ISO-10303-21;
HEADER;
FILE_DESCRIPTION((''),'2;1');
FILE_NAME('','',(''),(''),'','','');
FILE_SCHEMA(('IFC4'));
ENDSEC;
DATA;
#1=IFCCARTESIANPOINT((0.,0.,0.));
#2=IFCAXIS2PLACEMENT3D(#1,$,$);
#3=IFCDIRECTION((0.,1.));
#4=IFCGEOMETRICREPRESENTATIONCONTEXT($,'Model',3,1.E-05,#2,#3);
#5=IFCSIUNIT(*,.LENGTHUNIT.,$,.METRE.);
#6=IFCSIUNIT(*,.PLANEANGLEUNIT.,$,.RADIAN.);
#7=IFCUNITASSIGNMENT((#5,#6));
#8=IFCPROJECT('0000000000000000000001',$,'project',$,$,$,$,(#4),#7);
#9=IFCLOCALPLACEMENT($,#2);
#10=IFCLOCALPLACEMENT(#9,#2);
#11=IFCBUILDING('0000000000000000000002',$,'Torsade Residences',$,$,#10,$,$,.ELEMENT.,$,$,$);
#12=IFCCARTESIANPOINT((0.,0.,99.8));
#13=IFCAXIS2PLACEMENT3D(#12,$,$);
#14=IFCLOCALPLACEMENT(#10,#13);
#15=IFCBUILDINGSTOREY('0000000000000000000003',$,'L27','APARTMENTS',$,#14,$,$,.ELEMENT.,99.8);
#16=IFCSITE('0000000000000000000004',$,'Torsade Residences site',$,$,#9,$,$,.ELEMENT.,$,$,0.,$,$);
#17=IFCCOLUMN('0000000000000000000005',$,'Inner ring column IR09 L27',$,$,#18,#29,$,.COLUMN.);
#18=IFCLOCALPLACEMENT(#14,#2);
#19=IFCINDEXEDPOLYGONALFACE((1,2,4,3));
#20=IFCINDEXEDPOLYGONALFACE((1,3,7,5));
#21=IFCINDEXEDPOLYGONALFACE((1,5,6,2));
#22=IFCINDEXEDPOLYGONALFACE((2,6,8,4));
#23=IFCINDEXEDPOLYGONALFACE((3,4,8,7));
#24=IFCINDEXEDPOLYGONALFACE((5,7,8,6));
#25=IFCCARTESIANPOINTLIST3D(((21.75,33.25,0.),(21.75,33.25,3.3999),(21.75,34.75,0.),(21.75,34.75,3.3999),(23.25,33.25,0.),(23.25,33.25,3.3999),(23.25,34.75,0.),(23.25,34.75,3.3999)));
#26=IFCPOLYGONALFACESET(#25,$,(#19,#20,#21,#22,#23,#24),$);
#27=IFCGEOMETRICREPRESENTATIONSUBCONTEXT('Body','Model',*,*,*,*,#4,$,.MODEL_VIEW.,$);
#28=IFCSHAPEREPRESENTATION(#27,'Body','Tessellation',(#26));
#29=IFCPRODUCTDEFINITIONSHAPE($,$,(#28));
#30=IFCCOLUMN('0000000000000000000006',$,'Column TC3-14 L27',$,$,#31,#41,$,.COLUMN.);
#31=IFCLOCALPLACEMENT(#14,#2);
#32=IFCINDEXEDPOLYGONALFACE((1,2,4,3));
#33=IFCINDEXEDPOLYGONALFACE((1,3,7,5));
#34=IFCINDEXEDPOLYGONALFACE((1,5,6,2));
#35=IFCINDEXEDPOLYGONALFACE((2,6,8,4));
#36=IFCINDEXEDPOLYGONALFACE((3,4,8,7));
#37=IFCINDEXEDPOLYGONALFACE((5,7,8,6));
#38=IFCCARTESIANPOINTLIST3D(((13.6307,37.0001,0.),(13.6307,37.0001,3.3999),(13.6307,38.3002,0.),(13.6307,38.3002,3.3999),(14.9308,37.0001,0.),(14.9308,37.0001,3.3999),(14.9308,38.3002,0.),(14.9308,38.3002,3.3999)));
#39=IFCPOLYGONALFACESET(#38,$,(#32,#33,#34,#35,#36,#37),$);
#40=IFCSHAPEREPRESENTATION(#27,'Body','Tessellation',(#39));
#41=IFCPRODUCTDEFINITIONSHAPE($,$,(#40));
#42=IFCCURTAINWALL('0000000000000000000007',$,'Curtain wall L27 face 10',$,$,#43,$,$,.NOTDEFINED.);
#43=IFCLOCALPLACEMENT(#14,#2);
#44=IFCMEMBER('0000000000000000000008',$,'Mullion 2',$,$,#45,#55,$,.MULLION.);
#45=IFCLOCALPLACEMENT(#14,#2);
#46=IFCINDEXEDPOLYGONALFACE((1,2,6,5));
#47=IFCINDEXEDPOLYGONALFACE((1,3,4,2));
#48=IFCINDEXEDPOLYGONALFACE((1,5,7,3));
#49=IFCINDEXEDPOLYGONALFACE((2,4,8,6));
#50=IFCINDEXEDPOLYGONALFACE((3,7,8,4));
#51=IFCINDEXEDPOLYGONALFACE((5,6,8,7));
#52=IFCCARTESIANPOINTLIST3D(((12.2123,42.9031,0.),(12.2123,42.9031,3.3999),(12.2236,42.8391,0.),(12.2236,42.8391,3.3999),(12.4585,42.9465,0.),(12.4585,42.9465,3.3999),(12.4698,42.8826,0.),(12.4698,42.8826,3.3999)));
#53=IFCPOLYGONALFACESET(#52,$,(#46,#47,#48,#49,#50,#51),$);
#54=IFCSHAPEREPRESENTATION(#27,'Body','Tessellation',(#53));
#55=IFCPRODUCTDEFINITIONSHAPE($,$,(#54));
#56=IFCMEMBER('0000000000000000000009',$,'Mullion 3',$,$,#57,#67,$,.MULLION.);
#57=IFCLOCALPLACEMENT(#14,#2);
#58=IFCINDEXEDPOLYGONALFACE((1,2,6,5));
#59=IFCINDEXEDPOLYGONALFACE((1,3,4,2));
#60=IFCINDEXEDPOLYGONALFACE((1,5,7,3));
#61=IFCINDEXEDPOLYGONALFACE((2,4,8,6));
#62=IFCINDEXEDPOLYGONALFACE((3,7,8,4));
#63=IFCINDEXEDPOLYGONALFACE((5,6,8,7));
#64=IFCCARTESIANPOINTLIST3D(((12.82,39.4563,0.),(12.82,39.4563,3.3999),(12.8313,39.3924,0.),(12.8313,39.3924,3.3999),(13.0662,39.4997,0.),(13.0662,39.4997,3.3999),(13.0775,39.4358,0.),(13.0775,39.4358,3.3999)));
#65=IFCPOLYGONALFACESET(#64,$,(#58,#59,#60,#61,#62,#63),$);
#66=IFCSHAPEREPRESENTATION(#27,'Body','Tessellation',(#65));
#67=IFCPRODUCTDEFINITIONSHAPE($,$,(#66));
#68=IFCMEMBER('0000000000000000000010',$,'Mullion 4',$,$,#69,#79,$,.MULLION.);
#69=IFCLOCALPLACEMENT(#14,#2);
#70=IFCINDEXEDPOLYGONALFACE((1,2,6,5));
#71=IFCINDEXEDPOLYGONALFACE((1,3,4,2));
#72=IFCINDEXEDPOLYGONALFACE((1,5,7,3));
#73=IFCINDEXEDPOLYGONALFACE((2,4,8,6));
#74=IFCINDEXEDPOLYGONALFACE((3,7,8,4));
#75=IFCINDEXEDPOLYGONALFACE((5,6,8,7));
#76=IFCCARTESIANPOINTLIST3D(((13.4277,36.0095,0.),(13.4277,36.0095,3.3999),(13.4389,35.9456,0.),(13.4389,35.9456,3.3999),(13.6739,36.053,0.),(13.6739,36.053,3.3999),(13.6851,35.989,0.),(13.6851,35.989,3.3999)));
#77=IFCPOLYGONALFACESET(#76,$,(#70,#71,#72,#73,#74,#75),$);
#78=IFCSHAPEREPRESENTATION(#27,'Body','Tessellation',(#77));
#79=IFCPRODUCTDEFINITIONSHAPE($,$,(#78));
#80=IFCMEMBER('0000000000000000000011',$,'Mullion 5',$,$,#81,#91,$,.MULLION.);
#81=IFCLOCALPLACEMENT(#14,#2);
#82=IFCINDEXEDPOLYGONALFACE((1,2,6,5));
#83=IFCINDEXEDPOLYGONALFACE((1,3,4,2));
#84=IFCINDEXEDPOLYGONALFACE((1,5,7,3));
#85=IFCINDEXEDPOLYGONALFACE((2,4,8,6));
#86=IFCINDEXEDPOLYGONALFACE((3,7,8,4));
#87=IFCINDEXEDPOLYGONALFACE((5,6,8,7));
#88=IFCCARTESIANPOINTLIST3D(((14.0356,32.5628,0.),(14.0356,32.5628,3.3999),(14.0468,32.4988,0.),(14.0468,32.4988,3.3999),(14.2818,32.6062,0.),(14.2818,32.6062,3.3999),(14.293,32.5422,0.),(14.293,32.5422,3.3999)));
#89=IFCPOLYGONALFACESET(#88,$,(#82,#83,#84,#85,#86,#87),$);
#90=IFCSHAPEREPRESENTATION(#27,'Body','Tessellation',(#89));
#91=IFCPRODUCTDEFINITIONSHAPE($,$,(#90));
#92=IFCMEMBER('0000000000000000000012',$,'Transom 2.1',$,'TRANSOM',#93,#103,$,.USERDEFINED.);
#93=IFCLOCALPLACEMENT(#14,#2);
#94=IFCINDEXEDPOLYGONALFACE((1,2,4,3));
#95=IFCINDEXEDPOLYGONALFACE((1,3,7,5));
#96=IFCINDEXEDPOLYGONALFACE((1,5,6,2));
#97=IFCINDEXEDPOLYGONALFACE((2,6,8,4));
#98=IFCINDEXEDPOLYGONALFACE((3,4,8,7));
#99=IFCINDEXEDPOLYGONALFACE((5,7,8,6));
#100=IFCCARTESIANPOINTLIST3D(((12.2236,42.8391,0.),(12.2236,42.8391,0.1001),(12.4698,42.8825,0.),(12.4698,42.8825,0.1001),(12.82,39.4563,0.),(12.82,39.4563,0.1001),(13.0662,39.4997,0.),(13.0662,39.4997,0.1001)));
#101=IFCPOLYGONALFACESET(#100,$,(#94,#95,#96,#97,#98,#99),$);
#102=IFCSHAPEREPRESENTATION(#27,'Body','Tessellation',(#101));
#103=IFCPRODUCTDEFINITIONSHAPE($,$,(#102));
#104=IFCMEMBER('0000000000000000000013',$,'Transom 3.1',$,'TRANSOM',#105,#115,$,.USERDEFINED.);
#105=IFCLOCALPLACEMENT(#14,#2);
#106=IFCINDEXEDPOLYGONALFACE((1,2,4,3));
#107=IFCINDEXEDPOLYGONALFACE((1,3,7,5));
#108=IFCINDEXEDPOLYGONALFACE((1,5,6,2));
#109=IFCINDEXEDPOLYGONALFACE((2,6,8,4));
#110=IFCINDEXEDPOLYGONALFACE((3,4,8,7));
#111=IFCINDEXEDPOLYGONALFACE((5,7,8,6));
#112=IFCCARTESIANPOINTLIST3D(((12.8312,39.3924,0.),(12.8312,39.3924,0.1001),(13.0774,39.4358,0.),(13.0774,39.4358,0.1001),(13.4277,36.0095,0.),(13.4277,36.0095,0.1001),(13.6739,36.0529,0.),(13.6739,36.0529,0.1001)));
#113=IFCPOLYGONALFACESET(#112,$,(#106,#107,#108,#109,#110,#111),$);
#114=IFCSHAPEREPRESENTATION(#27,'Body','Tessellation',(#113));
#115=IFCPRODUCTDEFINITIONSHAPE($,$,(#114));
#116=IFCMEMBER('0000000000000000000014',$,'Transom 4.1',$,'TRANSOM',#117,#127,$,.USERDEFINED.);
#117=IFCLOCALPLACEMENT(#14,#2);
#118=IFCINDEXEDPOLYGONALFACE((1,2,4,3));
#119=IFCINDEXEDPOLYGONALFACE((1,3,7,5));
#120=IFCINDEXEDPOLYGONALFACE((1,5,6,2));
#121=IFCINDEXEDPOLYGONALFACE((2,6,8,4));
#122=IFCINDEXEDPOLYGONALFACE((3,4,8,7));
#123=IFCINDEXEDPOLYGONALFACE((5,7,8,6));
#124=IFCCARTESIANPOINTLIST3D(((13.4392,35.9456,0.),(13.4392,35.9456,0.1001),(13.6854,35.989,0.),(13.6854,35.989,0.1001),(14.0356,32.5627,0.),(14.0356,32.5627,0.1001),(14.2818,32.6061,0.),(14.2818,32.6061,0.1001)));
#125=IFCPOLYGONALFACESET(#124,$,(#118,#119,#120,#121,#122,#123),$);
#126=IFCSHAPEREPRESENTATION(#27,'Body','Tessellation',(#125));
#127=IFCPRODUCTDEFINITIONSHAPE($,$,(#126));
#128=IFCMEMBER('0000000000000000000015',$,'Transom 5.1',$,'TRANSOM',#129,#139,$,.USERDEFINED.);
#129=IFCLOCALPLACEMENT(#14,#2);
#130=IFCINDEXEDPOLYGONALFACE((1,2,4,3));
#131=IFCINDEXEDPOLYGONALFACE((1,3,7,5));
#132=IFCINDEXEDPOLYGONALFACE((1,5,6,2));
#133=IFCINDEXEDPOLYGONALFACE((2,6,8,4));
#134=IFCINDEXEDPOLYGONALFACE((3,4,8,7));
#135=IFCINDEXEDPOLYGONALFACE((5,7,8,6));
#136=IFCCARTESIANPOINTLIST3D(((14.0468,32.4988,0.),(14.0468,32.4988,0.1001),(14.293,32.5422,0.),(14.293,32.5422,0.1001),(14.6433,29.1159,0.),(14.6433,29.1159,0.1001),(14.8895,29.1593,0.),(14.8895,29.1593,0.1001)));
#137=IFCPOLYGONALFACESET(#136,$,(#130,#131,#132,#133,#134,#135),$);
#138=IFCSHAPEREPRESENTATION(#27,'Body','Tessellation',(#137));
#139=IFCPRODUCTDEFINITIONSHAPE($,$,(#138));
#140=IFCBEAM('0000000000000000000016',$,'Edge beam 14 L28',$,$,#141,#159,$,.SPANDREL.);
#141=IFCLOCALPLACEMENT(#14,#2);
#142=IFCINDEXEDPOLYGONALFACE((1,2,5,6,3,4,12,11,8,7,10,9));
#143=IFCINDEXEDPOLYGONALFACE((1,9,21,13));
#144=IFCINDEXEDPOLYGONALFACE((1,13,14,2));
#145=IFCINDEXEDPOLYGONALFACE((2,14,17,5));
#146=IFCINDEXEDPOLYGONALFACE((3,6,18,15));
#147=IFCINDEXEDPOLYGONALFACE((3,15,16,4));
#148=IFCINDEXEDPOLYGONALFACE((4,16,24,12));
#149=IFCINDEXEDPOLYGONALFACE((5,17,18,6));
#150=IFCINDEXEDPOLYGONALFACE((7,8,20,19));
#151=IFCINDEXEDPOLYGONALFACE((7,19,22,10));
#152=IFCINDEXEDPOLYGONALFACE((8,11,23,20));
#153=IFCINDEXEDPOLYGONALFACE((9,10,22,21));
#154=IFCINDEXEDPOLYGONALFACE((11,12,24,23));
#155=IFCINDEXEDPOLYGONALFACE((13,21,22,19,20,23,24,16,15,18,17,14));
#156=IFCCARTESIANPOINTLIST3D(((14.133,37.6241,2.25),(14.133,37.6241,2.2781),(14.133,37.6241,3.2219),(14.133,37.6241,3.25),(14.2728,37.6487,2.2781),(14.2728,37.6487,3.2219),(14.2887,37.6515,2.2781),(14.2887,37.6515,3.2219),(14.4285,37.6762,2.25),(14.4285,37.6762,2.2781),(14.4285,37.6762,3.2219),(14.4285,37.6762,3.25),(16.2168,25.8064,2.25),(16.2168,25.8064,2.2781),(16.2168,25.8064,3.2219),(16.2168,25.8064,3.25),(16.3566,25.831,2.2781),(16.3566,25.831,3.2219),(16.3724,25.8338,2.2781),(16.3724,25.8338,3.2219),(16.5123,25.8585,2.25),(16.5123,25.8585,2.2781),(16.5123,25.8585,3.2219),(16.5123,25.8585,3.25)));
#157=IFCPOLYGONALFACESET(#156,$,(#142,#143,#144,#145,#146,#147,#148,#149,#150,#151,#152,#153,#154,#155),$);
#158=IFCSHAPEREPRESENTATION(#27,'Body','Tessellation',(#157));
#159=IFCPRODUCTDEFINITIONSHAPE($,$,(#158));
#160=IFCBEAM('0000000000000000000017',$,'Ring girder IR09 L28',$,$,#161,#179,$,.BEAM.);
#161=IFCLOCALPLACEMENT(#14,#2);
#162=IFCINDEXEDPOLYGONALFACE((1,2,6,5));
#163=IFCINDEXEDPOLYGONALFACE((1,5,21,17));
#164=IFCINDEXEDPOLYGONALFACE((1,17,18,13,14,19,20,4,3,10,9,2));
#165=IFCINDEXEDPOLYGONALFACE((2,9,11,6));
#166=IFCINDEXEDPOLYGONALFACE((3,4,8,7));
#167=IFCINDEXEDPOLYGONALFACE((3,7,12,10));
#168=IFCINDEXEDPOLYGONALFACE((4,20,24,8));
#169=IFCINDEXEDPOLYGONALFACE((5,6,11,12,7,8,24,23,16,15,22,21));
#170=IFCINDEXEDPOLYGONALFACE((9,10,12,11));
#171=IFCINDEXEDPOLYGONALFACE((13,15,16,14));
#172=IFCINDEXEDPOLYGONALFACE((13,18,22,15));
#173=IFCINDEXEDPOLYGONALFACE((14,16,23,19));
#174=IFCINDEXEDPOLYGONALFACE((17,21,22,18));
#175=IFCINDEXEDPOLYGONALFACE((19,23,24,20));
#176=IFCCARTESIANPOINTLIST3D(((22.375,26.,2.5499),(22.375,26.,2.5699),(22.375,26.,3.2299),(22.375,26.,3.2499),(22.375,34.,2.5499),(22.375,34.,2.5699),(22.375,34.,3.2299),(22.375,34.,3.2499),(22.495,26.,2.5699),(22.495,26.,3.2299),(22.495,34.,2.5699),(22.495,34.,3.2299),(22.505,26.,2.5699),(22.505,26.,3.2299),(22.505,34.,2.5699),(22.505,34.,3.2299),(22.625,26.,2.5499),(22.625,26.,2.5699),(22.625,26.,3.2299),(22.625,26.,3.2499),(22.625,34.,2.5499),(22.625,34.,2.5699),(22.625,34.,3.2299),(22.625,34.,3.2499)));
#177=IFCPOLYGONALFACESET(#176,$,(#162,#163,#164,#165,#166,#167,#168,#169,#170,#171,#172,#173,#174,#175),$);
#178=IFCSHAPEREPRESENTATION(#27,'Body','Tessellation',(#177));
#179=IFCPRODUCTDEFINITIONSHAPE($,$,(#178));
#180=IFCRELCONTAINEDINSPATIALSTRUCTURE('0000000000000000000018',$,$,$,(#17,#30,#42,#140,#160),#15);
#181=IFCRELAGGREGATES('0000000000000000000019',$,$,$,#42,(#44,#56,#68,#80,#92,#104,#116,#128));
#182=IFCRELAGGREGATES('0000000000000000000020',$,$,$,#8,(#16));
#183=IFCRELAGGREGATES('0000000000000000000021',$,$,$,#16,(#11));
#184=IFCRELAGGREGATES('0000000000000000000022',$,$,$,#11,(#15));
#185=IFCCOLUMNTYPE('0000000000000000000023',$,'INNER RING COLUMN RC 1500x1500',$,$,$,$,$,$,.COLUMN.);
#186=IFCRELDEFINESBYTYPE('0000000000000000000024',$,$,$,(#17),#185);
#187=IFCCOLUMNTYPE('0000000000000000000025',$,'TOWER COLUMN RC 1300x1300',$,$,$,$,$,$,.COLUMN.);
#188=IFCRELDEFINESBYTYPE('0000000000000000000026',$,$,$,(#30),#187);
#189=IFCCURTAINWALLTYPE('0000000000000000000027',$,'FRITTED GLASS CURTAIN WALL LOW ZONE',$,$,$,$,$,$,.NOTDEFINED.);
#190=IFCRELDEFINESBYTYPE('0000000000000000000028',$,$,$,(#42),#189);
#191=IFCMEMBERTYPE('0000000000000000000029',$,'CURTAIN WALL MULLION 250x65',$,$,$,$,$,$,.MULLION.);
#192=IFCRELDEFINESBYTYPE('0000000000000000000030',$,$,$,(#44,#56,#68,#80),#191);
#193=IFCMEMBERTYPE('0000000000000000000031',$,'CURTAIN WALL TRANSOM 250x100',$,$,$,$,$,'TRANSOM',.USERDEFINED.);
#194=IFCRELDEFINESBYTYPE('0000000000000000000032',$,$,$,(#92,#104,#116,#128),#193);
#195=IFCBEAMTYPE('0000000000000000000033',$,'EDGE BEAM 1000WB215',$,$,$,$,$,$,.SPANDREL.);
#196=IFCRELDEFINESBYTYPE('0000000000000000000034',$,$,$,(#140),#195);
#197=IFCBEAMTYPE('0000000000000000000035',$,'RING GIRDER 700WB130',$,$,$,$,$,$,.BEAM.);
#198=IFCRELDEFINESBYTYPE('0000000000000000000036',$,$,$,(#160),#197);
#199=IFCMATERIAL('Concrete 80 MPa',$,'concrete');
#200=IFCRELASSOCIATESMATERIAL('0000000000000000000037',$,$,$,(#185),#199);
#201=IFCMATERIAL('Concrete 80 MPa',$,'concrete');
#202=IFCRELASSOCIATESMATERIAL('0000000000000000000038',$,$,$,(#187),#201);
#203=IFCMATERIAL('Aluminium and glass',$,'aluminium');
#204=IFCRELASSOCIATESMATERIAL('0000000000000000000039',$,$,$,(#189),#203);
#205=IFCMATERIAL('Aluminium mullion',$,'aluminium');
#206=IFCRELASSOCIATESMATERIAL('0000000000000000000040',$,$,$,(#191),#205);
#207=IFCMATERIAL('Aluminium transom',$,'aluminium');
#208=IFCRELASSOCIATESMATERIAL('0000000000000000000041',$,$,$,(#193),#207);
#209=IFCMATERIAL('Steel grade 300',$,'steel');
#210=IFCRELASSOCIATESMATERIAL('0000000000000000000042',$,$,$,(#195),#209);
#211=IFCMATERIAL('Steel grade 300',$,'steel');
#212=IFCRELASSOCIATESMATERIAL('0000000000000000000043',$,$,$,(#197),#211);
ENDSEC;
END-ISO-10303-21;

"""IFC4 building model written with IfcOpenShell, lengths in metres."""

from ifc_helpers import new_model, si_unit, direction, frame, origin, origin_2d, place, context, subcontext, project, spatial, rectangle, i_section, extrude, material, material_profile, profile_set, type_object, element, aggregate, save


model = new_model("IFC4")

# Units and contexts
model_context = context("Model", 3, precision=1e-05, world=origin(), true_north=direction((0.0, 1.0)))
body_context = subcontext(model_context, "Body", "Model", "MODEL_VIEW")
ifc_project = project(units=[si_unit("LENGTHUNIT", "METRE"), si_unit("PLANEANGLEUNIT", "RADIAN")], contexts=[model_context])

# Site, building, storey
site_placement = place(None, origin())
site = spatial("IfcSite", under=ifc_project, at=site_placement, Name="Torsade Residences site", CompositionType="ELEMENT", RefElevation=0.0)
building_placement = place(site_placement, origin())
building = spatial("IfcBuilding", under=site, at=building_placement, Name="Torsade Residences", CompositionType="ELEMENT")
storey_placement = place(building_placement, frame((0.0, 0.0, 99.8)))
storey = spatial("IfcBuildingStorey", under=building, at=storey_placement, Name="L27", Description="APARTMENTS", CompositionType="ELEMENT", Elevation=99.8)

# Columns
ifc_material_1 = material(Name="Concrete 80 MPa", Category="concrete")
ifc_material_profile_1 = material_profile(ifc_material_1, rectangle(XDim=1.5, YDim=1.5, at=origin_2d()), Name="RC 1500x1500")
ifc_profile_set_1 = profile_set([ifc_material_profile_1], Name="Concrete 80 MPa")
column_type_1 = type_object("IfcColumnType", Name="INNER RING COLUMN RC 1500x1500", PredefinedType="COLUMN", material=ifc_profile_set_1)
column_1_placement = place(storey_placement, frame((22.5, 34.0, 0.0), z_axis=(0.0, 0.0, 1.0), x_axis=(1.0, 0.0, 0.0)))
element("IfcColumn", 1, at=column_1_placement, inside=storey, type_object=column_type_1, Name="Inner ring column IR09 L27", PredefinedType="COLUMN", context=body_context, shape_type="SweptSolid", body=[
    extrude(rectangle(XDim=1.5, YDim=1.5, at=origin_2d()), origin(), (0.0, 0.0, 1.0), 3.3999),
])
ifc_material_2 = material(Name="Concrete 80 MPa", Category="concrete")
ifc_material_profile_2 = material_profile(ifc_material_2, rectangle(XDim=1.3, YDim=1.3, at=origin_2d()), Name="RC 1300x1300")
ifc_profile_set_2 = profile_set([ifc_material_profile_2], Name="Concrete 80 MPa")
column_type_2 = type_object("IfcColumnType", Name="TOWER COLUMN RC 1300x1300", PredefinedType="COLUMN", material=ifc_profile_set_2)
column_2_placement = place(storey_placement, frame((14.2808, 37.6501, 0.0), z_axis=(0.0, 0.0, 1.0), x_axis=(1.0, 0.0, 0.0)))
element("IfcColumn", 2, at=column_2_placement, inside=storey, type_object=column_type_2, Name="Column TC3-14 L27", PredefinedType="COLUMN", context=body_context, shape_type="SweptSolid", body=[
    extrude(rectangle(XDim=1.3, YDim=1.3, at=origin_2d()), origin(), (0.0, 0.0, 1.0), 3.3999),
])

# Curtain wall, members
ifc_material_3 = material(Name="Aluminium and glass", Category="aluminium")
curtain_wall_type = type_object("IfcCurtainWallType", Name="FRITTED GLASS CURTAIN WALL LOW ZONE", PredefinedType="NOTDEFINED", material=ifc_material_3)
curtain_wall_placement = place(storey_placement, origin())
curtain_wall = element("IfcCurtainWall", 3, at=curtain_wall_placement, inside=storey, type_object=curtain_wall_type, Name="Curtain wall L27 face 10", PredefinedType="NOTDEFINED")
ifc_material_4 = material(Name="Aluminium mullion", Category="aluminium")
ifc_material_profile_3 = material_profile(ifc_material_4, rectangle(XDim=0.25, YDim=0.0649, at=origin_2d()), Name="CURTAIN WALL MULLION 250x65")
ifc_profile_set_3 = profile_set([ifc_material_profile_3], Name="Aluminium mullion")
member_type_1 = type_object("IfcMemberType", Name="CURTAIN WALL MULLION 250x65", PredefinedType="MULLION", material=ifc_profile_set_3)
member_1_placement = place(storey_placement, frame((12.3411, 42.8928, 0.0), z_axis=(0.0, 0.0, 1.0), x_axis=(0.984808, 0.173648, 0.0)))
member_1 = element("IfcMember", 4, at=member_1_placement, type_object=member_type_1, Name="Mullion 2", PredefinedType="MULLION", context=body_context, shape_type="SweptSolid", body=[
    extrude(rectangle(XDim=0.25, YDim=0.0649, at=origin_2d()), origin(), (0.0, 0.0, 1.0), 3.3999),
])
member_2_placement = place(storey_placement, frame((12.9487, 39.446, 0.0), z_axis=(0.0, 0.0, 1.0), x_axis=(0.984808, 0.173648, 0.0)))
member_2 = element("IfcMember", 5, at=member_2_placement, type_object=member_type_1, Name="Mullion 3", PredefinedType="MULLION", context=body_context, shape_type="SweptSolid", body=[
    extrude(rectangle(XDim=0.25, YDim=0.0649, at=origin_2d()), origin(), (0.0, 0.0, 1.0), 3.3999),
])
member_3_placement = place(storey_placement, frame((13.5564, 35.9993, 0.0), z_axis=(0.0, 0.0, 1.0), x_axis=(0.984808, 0.173648, 0.0)))
member_3 = element("IfcMember", 6, at=member_3_placement, type_object=member_type_1, Name="Mullion 4", PredefinedType="MULLION", context=body_context, shape_type="SweptSolid", body=[
    extrude(rectangle(XDim=0.25, YDim=0.0649, at=origin_2d()), origin(), (0.0, 0.0, 1.0), 3.3999),
])
member_4_placement = place(storey_placement, frame((14.1643, 32.5525, 0.0), z_axis=(0.0, 0.0, 1.0), x_axis=(0.984808, 0.173648, 0.0)))
member_4 = element("IfcMember", 7, at=member_4_placement, type_object=member_type_1, Name="Mullion 5", PredefinedType="MULLION", context=body_context, shape_type="SweptSolid", body=[
    extrude(rectangle(XDim=0.25, YDim=0.0649, at=origin_2d()), origin(), (0.0, 0.0, 1.0), 3.3999),
])
ifc_material_5 = material(Name="Aluminium transom", Category="aluminium")
ifc_material_profile_4 = material_profile(ifc_material_5, rectangle(XDim=0.25, YDim=0.1001, at=origin_2d()), Name="CURTAIN WALL TRANSOM 250x100")
ifc_profile_set_4 = profile_set([ifc_material_profile_4], Name="Aluminium transom")
member_type_2 = type_object("IfcMemberType", Name="CURTAIN WALL TRANSOM 250x100", ElementType="TRANSOM", PredefinedType="USERDEFINED", material=ifc_profile_set_4)
member_5_placement = place(storey_placement, frame((12.3467, 42.8608, 0.05), z_axis=(0.173635, -0.98481, 0.0), x_axis=(0.98481, 0.173635, 0.0)))
member_5 = element("IfcMember", 8, at=member_5_placement, type_object=member_type_2, Name="Transom 2.1", ObjectType="TRANSOM", PredefinedType="USERDEFINED", context=body_context, shape_type="SweptSolid", body=[
    extrude(rectangle(XDim=0.25, YDim=0.1001, at=origin_2d()), origin(), (0.0, 0.0, 1.0), 3.4351),
])
member_6_placement = place(storey_placement, frame((12.9543, 39.4141, 0.05), z_axis=(0.173635, -0.98481, 0.0), x_axis=(0.98481, 0.173635, 0.0)))
member_6 = element("IfcMember", 9, at=member_6_placement, type_object=member_type_2, Name="Transom 3.1", ObjectType="TRANSOM", PredefinedType="USERDEFINED", context=body_context, shape_type="SweptSolid", body=[
    extrude(rectangle(XDim=0.25, YDim=0.1001, at=origin_2d()), origin(), (0.0, 0.0, 1.0), 3.4351),
])
member_7_placement = place(storey_placement, frame((13.5623, 35.9673, 0.05), z_axis=(0.173635, -0.98481, 0.0), x_axis=(0.98481, 0.173635, 0.0)))
member_7 = element("IfcMember", 10, at=member_7_placement, type_object=member_type_2, Name="Transom 4.1", ObjectType="TRANSOM", PredefinedType="USERDEFINED", context=body_context, shape_type="SweptSolid", body=[
    extrude(rectangle(XDim=0.25, YDim=0.1001, at=origin_2d()), origin(), (0.0, 0.0, 1.0), 3.4351),
])
member_8_placement = place(storey_placement, frame((14.1699, 32.5205, 0.05), z_axis=(0.173635, -0.98481, 0.0), x_axis=(0.98481, 0.173635, 0.0)))
member_8 = element("IfcMember", 11, at=member_8_placement, type_object=member_type_2, Name="Transom 5.1", ObjectType="TRANSOM", PredefinedType="USERDEFINED", context=body_context, shape_type="SweptSolid", body=[
    extrude(rectangle(XDim=0.25, YDim=0.1001, at=origin_2d()), origin(), (0.0, 0.0, 1.0), 3.4351),
])

# Beams
ifc_material_6 = material(Name="Steel grade 300", Category="steel")
ifc_material_profile_5 = material_profile(ifc_material_6, i_section(OverallWidth=0.3, OverallDepth=1.0, WebThickness=0.0161, FlangeThickness=0.0281, at=origin_2d()), Name="1000WB215")
ifc_profile_set_5 = profile_set([ifc_material_profile_5], Name="Steel grade 300")
beam_type_1 = type_object("IfcBeamType", Name="EDGE BEAM 1000WB215", PredefinedType="SPANDREL", material=ifc_profile_set_5)
beam_1_placement = place(storey_placement, frame((14.2808, 37.6501, 2.75), z_axis=(0.173646, -0.984808, 0.0), x_axis=(0.984808, 0.173646, 0.0)))
element("IfcBeam", 12, at=beam_1_placement, inside=storey, type_object=beam_type_1, Name="Edge beam 14 L28", PredefinedType="SPANDREL", context=body_context, shape_type="SweptSolid", body=[
    extrude(i_section(OverallWidth=0.3, OverallDepth=1.0, WebThickness=0.0161, FlangeThickness=0.0281, at=origin_2d()), origin(), (0.0, 0.0, 1.0), 12.0),
])
ifc_material_7 = material(Name="Steel grade 300", Category="steel")
ifc_material_profile_6 = material_profile(ifc_material_7, i_section(OverallWidth=0.25, OverallDepth=0.7, WebThickness=0.01, FlangeThickness=0.02, at=origin_2d()), Name="700WB130")
ifc_profile_set_6 = profile_set([ifc_material_profile_6], Name="Steel grade 300")
beam_type_2 = type_object("IfcBeamType", Name="RING GIRDER 700WB130", PredefinedType="BEAM", material=ifc_profile_set_6)
beam_2_placement = place(storey_placement, frame((22.5, 34.0, 2.8999), z_axis=(0.0, -1.0, 0.0), x_axis=(1.0, 0.0, 0.0)))
element("IfcBeam", 13, at=beam_2_placement, inside=storey, type_object=beam_type_2, Name="Ring girder IR09 L28", PredefinedType="BEAM", context=body_context, shape_type="SweptSolid", body=[
    extrude(i_section(OverallWidth=0.25, OverallDepth=0.7, WebThickness=0.01, FlangeThickness=0.02, at=origin_2d()), origin(), (0.0, 0.0, 1.0), 8.0),
])

aggregate(curtain_wall, [member_1, member_2, member_3, member_4, member_5, member_6, member_7, member_8])

save(model, "model.ifc")
